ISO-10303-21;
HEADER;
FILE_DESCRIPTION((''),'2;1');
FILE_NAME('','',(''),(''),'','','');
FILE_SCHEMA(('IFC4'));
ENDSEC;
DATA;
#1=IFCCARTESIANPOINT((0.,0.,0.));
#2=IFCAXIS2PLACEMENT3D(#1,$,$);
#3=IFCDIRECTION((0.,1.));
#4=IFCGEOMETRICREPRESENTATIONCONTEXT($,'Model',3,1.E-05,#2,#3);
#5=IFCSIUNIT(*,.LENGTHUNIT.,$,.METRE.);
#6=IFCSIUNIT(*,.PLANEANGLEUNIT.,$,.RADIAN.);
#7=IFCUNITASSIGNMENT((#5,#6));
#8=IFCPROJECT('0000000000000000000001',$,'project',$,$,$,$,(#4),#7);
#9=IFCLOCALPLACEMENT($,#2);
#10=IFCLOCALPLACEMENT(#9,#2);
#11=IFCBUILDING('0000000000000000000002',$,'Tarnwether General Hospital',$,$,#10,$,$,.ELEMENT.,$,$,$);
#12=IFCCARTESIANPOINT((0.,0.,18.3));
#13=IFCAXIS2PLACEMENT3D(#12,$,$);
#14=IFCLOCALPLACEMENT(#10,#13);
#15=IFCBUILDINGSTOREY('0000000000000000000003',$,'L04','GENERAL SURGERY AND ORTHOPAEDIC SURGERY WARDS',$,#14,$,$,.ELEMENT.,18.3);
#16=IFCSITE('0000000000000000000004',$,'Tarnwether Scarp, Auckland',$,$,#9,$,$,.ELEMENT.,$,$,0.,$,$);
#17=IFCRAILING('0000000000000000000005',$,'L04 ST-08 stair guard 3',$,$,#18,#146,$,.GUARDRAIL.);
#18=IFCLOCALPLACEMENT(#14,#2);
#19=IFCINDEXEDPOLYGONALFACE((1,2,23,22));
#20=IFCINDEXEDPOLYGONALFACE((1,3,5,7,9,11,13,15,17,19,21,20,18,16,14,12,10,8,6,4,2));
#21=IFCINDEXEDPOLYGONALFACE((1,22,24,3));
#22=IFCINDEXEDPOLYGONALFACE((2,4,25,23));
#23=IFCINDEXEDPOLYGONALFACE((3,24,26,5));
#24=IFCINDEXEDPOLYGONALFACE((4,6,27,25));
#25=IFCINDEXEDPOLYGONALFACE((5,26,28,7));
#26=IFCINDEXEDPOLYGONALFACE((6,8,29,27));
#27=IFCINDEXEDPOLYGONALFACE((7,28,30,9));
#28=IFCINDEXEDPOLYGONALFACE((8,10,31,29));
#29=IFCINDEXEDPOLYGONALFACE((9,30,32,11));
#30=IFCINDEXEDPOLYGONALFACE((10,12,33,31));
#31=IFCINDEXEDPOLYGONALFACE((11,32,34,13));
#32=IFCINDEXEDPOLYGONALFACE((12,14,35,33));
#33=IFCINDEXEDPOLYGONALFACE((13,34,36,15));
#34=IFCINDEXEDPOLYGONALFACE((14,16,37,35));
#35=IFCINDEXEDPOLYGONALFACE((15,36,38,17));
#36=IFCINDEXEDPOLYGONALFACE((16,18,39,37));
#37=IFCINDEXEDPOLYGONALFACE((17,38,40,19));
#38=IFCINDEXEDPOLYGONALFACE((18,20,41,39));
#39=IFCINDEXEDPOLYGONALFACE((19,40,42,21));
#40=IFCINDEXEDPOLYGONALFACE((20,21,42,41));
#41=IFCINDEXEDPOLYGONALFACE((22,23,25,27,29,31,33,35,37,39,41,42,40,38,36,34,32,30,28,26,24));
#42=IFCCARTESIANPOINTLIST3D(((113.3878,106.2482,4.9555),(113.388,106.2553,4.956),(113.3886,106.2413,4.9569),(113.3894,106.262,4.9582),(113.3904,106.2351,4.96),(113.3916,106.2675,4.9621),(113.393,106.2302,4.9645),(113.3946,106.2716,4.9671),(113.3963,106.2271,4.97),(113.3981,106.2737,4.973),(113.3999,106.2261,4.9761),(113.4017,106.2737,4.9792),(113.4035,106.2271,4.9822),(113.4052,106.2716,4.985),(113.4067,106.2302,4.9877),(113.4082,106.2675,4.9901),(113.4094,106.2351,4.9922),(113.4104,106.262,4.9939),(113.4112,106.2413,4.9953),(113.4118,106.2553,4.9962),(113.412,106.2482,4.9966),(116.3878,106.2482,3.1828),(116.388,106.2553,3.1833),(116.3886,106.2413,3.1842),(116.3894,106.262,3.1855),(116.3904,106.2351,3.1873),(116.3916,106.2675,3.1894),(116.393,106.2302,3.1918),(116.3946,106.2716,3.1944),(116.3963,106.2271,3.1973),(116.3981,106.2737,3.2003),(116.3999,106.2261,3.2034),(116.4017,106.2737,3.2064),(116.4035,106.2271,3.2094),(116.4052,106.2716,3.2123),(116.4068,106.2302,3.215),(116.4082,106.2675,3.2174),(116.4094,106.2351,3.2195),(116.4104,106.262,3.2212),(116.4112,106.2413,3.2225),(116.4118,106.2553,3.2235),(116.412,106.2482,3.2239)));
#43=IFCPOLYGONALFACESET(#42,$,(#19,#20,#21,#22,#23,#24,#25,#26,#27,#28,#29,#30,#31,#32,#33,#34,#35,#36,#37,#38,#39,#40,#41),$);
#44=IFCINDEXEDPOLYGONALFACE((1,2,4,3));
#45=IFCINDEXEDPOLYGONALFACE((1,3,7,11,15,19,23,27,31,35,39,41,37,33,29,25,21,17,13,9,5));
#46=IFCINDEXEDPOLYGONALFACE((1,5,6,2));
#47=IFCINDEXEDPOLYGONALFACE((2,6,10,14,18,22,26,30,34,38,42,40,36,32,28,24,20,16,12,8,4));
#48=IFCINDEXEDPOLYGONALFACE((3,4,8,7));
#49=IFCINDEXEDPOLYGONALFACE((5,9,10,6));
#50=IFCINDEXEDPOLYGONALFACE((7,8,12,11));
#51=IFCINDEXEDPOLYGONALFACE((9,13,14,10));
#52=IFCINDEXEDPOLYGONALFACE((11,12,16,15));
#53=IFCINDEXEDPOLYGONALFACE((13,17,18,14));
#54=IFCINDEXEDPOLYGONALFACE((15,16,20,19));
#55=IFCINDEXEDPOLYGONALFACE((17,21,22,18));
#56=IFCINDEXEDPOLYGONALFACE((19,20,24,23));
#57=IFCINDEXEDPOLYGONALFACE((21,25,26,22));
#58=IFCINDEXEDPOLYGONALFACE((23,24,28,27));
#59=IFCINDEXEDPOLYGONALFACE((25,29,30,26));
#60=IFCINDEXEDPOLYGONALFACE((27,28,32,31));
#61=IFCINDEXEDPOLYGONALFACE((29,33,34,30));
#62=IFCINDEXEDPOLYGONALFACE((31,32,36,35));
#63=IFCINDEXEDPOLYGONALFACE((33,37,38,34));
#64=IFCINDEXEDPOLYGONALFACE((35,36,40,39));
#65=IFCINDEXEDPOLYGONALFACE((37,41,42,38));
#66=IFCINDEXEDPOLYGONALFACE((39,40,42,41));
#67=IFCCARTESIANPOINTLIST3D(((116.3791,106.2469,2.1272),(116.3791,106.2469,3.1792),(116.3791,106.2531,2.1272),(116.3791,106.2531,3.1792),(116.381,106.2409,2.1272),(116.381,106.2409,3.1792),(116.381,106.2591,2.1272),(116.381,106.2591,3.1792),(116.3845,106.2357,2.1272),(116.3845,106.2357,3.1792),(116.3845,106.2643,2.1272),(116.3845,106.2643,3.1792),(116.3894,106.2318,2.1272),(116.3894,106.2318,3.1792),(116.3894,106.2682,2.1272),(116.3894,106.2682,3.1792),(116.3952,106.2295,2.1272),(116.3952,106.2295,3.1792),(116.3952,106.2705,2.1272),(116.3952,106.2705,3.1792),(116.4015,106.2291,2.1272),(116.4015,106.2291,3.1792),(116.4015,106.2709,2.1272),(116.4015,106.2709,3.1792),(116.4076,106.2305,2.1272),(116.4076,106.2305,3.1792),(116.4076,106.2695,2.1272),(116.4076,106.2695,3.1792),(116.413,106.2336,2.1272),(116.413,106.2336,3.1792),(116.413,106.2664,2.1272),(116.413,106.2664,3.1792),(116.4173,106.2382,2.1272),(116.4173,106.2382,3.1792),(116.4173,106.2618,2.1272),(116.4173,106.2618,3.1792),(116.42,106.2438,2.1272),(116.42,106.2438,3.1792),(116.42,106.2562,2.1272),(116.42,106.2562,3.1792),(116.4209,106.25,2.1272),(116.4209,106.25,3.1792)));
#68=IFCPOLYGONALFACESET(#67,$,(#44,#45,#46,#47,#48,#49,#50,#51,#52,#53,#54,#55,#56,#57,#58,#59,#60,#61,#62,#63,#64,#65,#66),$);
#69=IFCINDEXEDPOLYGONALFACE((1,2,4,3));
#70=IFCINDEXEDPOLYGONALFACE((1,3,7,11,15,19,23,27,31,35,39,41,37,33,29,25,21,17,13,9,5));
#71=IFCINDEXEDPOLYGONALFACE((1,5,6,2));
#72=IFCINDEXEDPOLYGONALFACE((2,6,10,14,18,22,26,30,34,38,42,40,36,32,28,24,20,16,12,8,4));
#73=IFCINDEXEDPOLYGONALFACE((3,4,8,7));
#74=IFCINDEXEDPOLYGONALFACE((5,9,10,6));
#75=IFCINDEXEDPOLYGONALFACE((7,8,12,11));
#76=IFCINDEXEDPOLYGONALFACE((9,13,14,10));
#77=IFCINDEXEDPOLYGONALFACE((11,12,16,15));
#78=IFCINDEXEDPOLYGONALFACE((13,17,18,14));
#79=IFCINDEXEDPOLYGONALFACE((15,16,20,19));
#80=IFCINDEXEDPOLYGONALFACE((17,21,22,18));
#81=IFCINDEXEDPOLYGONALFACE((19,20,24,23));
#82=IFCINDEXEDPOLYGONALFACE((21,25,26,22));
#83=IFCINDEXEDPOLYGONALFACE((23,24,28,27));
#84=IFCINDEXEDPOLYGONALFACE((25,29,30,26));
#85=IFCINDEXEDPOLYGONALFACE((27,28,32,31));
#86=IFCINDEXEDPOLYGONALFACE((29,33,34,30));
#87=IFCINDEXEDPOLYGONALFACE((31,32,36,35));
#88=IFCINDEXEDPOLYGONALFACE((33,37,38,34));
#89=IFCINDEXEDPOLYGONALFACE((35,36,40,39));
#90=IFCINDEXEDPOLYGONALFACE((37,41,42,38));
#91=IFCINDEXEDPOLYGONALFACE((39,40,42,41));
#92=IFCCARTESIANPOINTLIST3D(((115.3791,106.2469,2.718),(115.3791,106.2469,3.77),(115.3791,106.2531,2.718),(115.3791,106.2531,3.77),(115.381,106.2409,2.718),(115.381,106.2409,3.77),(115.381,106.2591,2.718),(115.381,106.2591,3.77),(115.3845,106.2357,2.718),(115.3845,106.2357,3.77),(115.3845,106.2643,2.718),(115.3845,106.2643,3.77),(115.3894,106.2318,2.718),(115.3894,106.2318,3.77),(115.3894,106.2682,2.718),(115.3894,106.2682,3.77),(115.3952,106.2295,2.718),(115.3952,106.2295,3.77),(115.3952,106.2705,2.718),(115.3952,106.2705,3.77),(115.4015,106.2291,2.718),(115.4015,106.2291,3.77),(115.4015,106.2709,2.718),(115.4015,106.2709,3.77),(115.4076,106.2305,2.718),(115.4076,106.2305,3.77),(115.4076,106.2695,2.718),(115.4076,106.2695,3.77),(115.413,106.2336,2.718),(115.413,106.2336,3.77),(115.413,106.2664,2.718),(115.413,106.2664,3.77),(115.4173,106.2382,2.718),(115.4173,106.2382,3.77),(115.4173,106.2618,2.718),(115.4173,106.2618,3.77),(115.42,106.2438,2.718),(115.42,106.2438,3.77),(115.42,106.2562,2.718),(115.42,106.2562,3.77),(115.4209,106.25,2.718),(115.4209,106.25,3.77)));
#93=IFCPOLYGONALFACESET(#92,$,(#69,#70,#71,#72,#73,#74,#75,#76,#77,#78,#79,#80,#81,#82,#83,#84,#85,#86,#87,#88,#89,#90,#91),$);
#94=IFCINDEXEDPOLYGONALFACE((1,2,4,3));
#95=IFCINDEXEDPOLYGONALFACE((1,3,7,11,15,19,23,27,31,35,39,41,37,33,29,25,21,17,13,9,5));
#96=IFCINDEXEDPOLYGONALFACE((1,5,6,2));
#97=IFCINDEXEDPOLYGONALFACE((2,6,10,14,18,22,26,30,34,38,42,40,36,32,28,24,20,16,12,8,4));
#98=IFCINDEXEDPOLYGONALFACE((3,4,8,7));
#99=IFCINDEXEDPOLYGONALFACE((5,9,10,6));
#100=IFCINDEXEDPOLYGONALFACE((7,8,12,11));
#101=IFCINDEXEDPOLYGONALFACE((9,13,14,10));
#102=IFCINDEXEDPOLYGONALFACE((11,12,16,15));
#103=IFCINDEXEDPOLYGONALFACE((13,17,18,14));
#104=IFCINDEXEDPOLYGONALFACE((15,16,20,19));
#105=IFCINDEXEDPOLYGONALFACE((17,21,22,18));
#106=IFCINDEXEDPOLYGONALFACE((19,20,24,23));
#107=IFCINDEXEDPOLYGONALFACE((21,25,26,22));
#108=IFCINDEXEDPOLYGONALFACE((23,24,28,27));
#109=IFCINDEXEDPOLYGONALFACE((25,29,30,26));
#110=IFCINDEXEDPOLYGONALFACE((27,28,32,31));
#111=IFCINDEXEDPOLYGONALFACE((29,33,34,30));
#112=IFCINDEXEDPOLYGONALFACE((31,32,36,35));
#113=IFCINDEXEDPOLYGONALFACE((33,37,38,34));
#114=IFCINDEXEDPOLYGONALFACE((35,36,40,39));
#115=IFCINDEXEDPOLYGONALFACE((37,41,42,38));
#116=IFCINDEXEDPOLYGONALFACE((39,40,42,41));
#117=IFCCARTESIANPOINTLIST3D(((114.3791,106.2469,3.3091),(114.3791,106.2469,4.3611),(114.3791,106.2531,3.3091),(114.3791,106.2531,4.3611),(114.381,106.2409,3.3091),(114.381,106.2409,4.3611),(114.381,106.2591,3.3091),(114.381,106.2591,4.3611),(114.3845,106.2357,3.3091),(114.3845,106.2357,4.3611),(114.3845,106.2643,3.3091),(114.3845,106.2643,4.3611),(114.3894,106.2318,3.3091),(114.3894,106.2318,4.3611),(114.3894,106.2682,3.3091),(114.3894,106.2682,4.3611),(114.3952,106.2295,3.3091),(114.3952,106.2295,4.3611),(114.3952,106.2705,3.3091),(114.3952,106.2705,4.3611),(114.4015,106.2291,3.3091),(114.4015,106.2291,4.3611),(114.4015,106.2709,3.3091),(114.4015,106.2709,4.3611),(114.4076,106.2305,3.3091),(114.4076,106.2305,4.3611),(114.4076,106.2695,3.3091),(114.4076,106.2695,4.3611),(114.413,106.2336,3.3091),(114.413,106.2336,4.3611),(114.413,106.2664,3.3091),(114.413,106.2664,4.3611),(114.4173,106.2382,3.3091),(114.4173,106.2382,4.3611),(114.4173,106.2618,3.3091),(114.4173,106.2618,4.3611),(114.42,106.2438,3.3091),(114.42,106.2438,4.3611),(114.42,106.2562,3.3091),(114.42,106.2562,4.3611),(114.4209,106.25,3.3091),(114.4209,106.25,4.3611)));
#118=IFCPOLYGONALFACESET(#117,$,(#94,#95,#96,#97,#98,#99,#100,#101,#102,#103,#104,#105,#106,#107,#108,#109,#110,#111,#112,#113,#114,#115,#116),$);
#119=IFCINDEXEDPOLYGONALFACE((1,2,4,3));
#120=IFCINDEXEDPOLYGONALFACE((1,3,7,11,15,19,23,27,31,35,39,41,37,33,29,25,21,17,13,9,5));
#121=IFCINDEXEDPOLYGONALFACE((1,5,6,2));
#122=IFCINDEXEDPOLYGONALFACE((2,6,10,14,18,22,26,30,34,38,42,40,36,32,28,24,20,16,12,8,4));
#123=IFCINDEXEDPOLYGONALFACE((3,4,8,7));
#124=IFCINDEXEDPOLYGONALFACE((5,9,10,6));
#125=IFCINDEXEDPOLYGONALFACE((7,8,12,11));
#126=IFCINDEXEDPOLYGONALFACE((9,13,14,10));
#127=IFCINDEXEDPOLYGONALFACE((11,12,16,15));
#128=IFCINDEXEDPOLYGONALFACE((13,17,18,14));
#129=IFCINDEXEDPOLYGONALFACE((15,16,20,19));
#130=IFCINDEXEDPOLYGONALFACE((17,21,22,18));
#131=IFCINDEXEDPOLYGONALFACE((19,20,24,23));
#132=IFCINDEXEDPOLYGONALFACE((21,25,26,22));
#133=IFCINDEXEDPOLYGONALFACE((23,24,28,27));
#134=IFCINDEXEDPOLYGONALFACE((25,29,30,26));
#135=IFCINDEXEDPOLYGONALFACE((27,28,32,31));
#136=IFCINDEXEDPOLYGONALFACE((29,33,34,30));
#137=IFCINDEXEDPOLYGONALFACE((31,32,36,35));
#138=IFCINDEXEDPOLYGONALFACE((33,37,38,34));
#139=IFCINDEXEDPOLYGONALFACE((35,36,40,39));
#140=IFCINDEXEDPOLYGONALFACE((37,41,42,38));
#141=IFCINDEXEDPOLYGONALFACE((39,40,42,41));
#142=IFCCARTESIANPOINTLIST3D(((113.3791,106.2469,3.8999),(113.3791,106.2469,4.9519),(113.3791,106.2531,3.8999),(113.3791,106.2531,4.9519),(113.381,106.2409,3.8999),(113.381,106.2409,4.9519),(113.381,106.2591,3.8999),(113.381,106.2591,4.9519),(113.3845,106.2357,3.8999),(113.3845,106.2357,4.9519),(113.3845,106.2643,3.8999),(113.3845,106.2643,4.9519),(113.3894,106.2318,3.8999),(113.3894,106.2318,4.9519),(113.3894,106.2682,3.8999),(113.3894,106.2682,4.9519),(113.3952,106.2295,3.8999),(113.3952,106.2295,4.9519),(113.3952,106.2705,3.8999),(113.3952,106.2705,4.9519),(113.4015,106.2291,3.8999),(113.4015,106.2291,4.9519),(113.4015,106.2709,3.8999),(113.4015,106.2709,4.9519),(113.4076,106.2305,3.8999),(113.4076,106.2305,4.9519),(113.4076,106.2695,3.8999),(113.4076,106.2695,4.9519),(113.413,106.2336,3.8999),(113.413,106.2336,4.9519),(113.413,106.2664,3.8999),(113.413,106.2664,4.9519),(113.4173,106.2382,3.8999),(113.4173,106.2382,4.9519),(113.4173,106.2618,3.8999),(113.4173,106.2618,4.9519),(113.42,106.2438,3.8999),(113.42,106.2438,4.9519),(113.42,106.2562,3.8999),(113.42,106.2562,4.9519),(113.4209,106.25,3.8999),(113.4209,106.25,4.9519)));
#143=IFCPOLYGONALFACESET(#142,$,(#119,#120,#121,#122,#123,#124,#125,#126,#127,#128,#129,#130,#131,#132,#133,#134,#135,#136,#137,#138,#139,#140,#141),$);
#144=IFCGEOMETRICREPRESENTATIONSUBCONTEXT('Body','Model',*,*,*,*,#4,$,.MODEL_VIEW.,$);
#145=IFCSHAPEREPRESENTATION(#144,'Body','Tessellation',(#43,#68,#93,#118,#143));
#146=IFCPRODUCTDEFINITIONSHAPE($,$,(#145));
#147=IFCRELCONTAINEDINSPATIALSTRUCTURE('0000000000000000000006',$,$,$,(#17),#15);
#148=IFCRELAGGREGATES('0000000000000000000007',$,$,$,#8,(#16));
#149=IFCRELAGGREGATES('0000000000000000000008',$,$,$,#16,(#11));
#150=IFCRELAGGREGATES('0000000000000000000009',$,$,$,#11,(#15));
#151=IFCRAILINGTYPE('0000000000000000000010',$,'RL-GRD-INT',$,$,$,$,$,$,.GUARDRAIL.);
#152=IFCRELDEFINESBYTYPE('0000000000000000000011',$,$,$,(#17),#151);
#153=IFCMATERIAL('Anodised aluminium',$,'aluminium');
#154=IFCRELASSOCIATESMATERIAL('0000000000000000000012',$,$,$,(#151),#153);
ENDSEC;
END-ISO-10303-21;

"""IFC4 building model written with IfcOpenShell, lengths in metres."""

from ifc_helpers import new_model, si_unit, direction, frame, origin, origin_2d, place, context, subcontext, project, spatial, circle, extrude, material, type_object, element, save


model = new_model("IFC4")

# Units and contexts
model_context = context("Model", 3, precision=1e-05, world=origin(), true_north=direction((0.0, 1.0)))
body_context = subcontext(model_context, "Body", "Model", "MODEL_VIEW")
ifc_project = project(units=[si_unit("LENGTHUNIT", "METRE"), si_unit("PLANEANGLEUNIT", "RADIAN")], contexts=[model_context])

# Site, building, storey
site_placement = place(None, origin())
site = spatial("IfcSite", under=ifc_project, at=site_placement, Name="Tarnwether Scarp, Auckland", CompositionType="ELEMENT", RefElevation=0.0)
building_placement = place(site_placement, origin())
building = spatial("IfcBuilding", under=site, at=building_placement, Name="Tarnwether General Hospital", CompositionType="ELEMENT")
storey_placement = place(building_placement, frame((0.0, 0.0, 18.3)))
storey = spatial("IfcBuildingStorey", under=building, at=storey_placement, Name="L04", Description="GENERAL SURGERY AND ORTHOPAEDIC SURGERY WARDS", CompositionType="ELEMENT", Elevation=18.3)

# Railing
ifc_material_1 = material(Name="Anodised aluminium", Category="aluminium")
railing_type_1 = type_object("IfcRailingType", Name="RL-GRD-INT", PredefinedType="GUARDRAIL", material=ifc_material_1)
railing_1_placement = place(storey_placement, frame((116.3999, 106.25, 2.1272)))
element("IfcRailing", 1, at=railing_1_placement, inside=storey, type_object=railing_type_1, Name="L04 ST-08 stair guard 3", PredefinedType="GUARDRAIL", context=body_context, shape_type="SweptSolid", body=[
    extrude(circle(Radius=0.0239, at=origin_2d()), frame((0.0, 0.0, 1.0762), z_axis=(-0.860929, 0.0, 0.508725), x_axis=(0.0, -1.0, 0.0)), (0.0, 0.0, 1.0), 3.4846),
    extrude(circle(Radius=0.021, at=origin_2d()), origin(), (0.0, 0.0, 1.0), 1.052),
    extrude(circle(Radius=0.021, at=origin_2d()), frame((-1.0, 0.0, 0.5908)), (0.0, 0.0, 1.0), 1.052),
    extrude(circle(Radius=0.021, at=origin_2d()), frame((-2.0, 0.0, 1.1819)), (0.0, 0.0, 1.0), 1.052),
    extrude(circle(Radius=0.021, at=origin_2d()), frame((-3.0, 0.0, 1.7727)), (0.0, 0.0, 1.0), 1.052),
])

save(model, "model.ifc")
